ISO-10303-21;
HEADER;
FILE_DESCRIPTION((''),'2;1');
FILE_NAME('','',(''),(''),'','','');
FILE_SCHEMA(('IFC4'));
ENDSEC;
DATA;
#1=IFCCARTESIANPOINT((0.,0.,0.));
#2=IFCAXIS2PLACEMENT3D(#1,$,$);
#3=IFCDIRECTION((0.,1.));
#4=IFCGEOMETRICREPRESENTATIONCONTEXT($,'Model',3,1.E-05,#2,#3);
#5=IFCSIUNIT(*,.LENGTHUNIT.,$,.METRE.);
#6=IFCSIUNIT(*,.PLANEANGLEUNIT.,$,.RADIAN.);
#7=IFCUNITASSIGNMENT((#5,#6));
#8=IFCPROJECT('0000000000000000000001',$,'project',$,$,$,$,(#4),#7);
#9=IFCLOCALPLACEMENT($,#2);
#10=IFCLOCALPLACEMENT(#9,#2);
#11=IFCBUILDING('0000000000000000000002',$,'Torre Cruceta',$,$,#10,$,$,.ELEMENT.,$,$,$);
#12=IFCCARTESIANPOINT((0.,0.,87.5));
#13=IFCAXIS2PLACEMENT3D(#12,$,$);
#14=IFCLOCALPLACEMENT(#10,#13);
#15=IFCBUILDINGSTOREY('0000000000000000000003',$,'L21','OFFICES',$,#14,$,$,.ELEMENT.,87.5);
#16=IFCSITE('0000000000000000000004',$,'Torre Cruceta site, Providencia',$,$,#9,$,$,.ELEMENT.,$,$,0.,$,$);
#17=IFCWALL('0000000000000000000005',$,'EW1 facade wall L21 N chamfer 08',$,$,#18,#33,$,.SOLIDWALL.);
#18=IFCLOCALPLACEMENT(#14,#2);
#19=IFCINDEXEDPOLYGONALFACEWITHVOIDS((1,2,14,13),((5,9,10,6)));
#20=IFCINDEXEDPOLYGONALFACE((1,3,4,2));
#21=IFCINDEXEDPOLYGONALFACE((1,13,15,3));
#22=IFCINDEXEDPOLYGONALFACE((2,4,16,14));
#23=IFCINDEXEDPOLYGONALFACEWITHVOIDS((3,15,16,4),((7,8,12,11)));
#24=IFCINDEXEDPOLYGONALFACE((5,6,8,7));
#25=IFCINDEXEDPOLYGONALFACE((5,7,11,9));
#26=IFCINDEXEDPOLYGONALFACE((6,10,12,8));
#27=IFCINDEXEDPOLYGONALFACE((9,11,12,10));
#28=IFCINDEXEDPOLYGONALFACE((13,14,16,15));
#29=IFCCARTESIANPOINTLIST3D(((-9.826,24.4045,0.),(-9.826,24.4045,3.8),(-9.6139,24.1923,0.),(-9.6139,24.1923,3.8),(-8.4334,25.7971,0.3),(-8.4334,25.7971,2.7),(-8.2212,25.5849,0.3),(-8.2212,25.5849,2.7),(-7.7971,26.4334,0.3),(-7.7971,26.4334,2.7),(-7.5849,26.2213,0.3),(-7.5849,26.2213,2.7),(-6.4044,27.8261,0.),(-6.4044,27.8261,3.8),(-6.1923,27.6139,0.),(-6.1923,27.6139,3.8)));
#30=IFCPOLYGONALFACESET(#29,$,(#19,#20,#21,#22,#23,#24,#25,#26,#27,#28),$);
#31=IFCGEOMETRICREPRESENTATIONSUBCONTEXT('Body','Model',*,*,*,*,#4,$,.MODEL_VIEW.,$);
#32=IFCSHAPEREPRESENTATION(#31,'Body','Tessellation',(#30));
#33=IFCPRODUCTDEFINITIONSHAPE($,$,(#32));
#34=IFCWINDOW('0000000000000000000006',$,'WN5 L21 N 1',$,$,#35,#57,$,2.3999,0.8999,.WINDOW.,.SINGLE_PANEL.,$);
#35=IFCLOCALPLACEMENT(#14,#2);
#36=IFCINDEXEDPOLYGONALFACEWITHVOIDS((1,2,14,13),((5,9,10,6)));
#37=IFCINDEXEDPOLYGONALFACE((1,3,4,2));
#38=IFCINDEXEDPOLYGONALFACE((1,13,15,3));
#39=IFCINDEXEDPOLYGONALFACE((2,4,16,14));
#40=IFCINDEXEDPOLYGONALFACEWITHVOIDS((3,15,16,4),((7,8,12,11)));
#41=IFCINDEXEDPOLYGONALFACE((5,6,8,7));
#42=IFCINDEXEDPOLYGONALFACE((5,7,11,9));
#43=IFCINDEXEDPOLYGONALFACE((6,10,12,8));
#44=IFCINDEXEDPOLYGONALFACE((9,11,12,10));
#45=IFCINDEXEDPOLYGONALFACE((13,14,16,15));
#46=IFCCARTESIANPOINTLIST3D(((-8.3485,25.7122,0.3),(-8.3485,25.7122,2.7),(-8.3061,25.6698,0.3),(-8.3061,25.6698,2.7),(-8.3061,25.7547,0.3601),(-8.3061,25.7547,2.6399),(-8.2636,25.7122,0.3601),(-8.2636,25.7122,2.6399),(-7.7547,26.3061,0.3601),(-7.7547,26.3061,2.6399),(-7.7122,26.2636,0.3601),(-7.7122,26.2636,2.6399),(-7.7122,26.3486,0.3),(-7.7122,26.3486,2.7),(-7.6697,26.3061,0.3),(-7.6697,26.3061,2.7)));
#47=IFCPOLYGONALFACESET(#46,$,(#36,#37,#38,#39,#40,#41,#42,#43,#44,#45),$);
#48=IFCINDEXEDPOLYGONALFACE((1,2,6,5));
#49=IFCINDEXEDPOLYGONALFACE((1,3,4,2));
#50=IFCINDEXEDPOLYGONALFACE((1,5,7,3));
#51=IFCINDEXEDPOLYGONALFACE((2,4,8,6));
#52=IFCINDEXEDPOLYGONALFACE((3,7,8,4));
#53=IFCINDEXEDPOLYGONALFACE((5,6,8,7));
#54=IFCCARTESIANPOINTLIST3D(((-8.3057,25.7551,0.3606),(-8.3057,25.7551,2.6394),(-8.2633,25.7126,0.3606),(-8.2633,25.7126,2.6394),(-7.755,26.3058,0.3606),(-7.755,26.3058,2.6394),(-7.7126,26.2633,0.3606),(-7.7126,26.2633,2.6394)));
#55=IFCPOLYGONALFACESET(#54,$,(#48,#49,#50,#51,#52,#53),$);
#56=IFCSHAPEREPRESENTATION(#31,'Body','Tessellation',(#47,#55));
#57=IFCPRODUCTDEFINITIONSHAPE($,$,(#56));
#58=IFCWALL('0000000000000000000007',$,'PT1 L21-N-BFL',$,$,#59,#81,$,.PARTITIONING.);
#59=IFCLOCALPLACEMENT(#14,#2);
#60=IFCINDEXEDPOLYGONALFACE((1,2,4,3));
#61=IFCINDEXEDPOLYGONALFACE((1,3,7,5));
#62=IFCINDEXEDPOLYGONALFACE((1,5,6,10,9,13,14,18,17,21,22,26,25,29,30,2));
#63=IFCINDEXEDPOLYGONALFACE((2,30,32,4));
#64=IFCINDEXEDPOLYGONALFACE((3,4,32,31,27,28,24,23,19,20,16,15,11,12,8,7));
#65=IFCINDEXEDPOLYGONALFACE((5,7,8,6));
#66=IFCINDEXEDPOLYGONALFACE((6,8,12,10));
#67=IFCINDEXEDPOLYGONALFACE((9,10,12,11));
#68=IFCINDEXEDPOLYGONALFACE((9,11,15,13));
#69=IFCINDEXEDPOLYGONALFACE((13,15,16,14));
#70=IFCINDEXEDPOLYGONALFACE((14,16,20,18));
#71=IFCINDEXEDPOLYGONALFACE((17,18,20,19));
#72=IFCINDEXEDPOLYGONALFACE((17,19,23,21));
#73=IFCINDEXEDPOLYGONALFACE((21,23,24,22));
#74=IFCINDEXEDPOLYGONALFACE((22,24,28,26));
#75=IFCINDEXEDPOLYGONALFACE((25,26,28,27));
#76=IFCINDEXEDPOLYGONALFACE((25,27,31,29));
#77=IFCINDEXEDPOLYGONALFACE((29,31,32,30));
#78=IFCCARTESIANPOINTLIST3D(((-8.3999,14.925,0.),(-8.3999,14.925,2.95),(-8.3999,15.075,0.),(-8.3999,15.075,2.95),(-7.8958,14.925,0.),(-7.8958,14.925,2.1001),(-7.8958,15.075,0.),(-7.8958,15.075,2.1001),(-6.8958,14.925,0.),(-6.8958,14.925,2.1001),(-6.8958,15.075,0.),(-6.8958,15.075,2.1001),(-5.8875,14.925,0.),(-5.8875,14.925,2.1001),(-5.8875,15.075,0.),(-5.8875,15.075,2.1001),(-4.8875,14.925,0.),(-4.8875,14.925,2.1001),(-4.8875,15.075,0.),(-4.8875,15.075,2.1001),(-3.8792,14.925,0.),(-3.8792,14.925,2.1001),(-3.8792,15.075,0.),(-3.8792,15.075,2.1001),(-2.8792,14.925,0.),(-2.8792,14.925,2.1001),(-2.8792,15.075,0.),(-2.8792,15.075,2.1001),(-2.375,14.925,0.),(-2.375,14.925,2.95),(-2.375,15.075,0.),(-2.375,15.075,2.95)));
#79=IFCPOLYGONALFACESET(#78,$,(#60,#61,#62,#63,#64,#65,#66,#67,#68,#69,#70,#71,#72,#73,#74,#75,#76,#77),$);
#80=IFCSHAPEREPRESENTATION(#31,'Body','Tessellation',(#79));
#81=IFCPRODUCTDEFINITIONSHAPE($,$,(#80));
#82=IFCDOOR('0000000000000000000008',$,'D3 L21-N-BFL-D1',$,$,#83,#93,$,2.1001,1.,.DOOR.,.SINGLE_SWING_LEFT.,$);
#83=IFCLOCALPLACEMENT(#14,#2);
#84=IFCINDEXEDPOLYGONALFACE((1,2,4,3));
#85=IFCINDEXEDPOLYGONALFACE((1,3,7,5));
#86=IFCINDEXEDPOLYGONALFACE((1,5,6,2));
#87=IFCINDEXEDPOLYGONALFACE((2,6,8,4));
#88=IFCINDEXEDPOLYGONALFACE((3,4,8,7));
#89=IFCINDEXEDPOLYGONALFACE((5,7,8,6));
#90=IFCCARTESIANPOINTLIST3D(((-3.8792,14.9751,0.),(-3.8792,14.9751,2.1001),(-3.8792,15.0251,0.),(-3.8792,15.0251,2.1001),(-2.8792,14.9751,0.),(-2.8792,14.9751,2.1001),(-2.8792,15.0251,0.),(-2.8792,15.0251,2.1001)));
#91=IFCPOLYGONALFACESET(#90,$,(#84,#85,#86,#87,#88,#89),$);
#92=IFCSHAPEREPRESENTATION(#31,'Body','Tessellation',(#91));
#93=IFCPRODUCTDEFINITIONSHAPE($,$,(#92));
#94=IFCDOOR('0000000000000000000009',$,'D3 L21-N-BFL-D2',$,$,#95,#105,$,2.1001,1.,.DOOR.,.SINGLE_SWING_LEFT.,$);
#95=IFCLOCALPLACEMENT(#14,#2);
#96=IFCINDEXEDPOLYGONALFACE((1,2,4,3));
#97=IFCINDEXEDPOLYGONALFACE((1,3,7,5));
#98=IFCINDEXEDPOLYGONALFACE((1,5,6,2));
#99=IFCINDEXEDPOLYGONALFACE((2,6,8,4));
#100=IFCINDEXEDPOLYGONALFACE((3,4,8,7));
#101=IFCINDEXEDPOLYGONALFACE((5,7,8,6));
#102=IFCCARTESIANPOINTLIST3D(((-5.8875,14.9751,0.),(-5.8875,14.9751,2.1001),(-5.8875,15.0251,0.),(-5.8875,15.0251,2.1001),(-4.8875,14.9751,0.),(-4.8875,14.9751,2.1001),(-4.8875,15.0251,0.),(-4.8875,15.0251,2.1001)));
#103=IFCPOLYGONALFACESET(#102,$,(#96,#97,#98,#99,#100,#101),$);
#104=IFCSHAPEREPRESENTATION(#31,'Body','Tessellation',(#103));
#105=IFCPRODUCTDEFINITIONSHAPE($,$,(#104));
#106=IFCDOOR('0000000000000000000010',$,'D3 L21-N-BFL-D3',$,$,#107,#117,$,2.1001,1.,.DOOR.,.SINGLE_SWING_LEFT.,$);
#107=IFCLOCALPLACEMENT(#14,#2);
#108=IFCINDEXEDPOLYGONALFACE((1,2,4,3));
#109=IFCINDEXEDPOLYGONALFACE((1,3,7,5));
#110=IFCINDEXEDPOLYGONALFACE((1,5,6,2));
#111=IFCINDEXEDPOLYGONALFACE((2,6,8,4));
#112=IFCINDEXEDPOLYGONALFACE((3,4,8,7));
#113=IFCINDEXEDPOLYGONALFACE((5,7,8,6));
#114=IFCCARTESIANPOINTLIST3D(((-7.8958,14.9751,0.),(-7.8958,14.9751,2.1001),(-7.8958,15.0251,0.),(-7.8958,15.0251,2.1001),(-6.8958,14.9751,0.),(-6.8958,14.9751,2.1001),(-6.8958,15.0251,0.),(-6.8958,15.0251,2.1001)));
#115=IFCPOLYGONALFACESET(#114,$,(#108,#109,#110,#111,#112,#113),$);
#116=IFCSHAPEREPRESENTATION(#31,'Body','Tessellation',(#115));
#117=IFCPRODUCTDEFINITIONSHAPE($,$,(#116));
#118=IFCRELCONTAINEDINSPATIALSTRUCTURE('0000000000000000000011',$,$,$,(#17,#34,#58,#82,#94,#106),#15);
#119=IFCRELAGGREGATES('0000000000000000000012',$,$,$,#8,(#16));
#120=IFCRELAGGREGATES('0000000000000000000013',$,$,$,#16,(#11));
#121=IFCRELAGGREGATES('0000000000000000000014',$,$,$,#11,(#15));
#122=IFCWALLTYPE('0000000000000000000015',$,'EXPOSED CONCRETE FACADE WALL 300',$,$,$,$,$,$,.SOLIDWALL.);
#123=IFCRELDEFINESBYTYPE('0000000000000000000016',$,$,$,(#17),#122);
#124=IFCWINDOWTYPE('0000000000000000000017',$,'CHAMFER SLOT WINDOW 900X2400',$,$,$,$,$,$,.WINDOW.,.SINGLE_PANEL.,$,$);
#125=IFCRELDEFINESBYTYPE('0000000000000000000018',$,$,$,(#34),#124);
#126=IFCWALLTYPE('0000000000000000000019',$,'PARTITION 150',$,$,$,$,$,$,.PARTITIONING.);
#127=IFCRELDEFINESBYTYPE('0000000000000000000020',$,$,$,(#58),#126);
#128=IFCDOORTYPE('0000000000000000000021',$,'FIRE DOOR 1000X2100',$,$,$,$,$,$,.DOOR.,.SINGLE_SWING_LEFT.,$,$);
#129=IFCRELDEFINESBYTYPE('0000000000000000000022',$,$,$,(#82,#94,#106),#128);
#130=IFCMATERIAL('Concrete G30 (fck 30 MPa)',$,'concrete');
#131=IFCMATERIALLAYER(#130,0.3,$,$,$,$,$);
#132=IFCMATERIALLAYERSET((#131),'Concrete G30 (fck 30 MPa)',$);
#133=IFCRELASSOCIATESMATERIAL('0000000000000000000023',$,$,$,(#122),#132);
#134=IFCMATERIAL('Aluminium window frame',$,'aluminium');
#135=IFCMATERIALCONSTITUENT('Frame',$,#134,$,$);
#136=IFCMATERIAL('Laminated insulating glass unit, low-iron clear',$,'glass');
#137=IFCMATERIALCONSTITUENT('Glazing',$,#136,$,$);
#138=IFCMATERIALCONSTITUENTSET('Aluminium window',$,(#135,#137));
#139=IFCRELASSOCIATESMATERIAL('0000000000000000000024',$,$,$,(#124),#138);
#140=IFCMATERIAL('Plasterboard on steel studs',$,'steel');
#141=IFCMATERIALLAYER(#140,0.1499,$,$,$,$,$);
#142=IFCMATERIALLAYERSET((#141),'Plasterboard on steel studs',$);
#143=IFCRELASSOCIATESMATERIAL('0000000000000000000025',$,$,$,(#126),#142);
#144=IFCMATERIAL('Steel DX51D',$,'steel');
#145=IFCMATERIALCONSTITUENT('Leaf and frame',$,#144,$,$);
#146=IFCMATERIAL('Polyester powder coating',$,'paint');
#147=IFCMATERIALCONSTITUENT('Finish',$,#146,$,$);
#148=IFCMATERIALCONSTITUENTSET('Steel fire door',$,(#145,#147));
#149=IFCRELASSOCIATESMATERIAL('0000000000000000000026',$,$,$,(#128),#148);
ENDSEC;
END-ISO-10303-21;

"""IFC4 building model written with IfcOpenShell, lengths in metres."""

from ifc_helpers import new_model, si_unit, direction, frame, frame_2d, origin, place, context, subcontext, project, spatial, rectangle, hollow_rectangle, extrude, material, layer, layer_set, constituent, constituent_set, type_object, element, fill, save


model = new_model("IFC4")

# Units and contexts
model_context = context("Model", 3, precision=1e-05, world=origin(), true_north=direction((0.0, 1.0)))
body_context = subcontext(model_context, "Body", "Model", "MODEL_VIEW")
ifc_project = project(units=[si_unit("LENGTHUNIT", "METRE"), si_unit("PLANEANGLEUNIT", "RADIAN")], contexts=[model_context])

# Site, building, storey
site_placement = place(None, origin())
site = spatial("IfcSite", under=ifc_project, at=site_placement, Name="Torre Cruceta site, Providencia", CompositionType="ELEMENT", RefElevation=0.0)
building_placement = place(site_placement, origin())
building = spatial("IfcBuilding", under=site, at=building_placement, Name="Torre Cruceta", CompositionType="ELEMENT")
storey_placement = place(building_placement, frame((0.0, 0.0, 87.5)))
storey = spatial("IfcBuildingStorey", under=building, at=storey_placement, Name="L21", Description="OFFICES", CompositionType="ELEMENT", Elevation=87.5)

# Wall, opening, window
ifc_material_1 = material(Name="Concrete G30 (fck 30 MPa)", Category="concrete")
ifc_layer_1 = layer(ifc_material_1, 0.3)
ifc_layer_set_1 = layer_set([ifc_layer_1], Name="Concrete G30 (fck 30 MPa)")
wall_type_1 = type_object("IfcWallType", Name="EXPOSED CONCRETE FACADE WALL 300", PredefinedType="SOLIDWALL", material=ifc_layer_set_1)
wall_1_placement = place(storey_placement, frame((-6.2983, 27.72, 0.0), z_axis=(0.0, 0.0, 1.0), x_axis=(-0.707107, -0.707107, 0.0)))
wall_1 = element("IfcWall", 1, at=wall_1_placement, inside=storey, type_object=wall_type_1, Name="EW1 facade wall L21 N chamfer 08", PredefinedType="SOLIDWALL", context=body_context, shape_type="SweptSolid", body=[
    extrude(rectangle(XDim=4.8389, YDim=0.3, at=frame_2d((2.4194, 0.0))), origin(), (0.0, 0.0, 1.0), 3.8),
])
opening_1_placement = place(wall_1_placement, frame((1.9695, 0.0, 0.3)))
opening_1 = element("IfcOpeningElement", 2, at=opening_1_placement, cuts=wall_1, PredefinedType="OPENING", context=body_context, shape_type="SweptSolid", body=[
    extrude(rectangle(XDim=0.8999, YDim=2.3999, at=frame_2d((0.45, 1.2))), frame((0.0, 0.1599, 0.0), z_axis=(0.0, -1.0, 0.0), x_axis=(1.0, 0.0, 0.0)), (0.0, 0.0, 1.0), 0.3201),
])
ifc_material_2 = material(Name="Aluminium window frame", Category="aluminium")
ifc_constituent_1 = constituent(ifc_material_2, Name="Frame")
ifc_material_3 = material(Name="Laminated insulating glass unit, low-iron clear", Category="glass")
ifc_constituent_2 = constituent(ifc_material_3, Name="Glazing")
ifc_constituent_set_1 = constituent_set(constituents=[ifc_constituent_1, ifc_constituent_2], Name="Aluminium window")
window_type = type_object("IfcWindowType", Name="CHAMFER SLOT WINDOW 900X2400", PartitioningType="SINGLE_PANEL", PredefinedType="WINDOW", material=ifc_constituent_set_1)
window_placement = place(opening_1_placement, origin())
window = element("IfcWindow", 3, at=window_placement, inside=storey, type_object=window_type, Name="WN5 L21 N 1", OverallHeight=2.3999, OverallWidth=0.8999, PartitioningType="SINGLE_PANEL", PredefinedType="WINDOW", context=body_context, shape_type="SweptSolid", body=[
    extrude(hollow_rectangle(XDim=0.8999, YDim=2.3999, WallThickness=0.0601, at=frame_2d((0.45, 1.2))), frame((0.0, 0.03, 0.0), z_axis=(0.0, -1.0, 0.0), x_axis=(1.0, 0.0, 0.0)), (0.0, 0.0, 1.0), 0.0601),
    extrude(rectangle(XDim=0.7788, YDim=2.2788, at=frame_2d((0.45, 1.2))), frame((0.0, 0.03, 0.0), z_axis=(0.0, -1.0, 0.0), x_axis=(1.0, 0.0, 0.0)), (0.0, 0.0, 1.0), 0.0601),
])
fill(opening_1, window)

# Wall, openings, doors
ifc_material_4 = material(Name="Plasterboard on steel studs", Category="steel")
ifc_layer_2 = layer(ifc_material_4, 0.1499)
ifc_layer_set_2 = layer_set([ifc_layer_2], Name="Plasterboard on steel studs")
wall_type_2 = type_object("IfcWallType", Name="PARTITION 150", PredefinedType="PARTITIONING", material=ifc_layer_set_2)
wall_2_placement = place(storey_placement, frame((-2.375, 15.0, 0.0), z_axis=(0.0, 0.0, 1.0), x_axis=(-1.0, 0.0, 0.0)))
wall_2 = element("IfcWall", 4, at=wall_2_placement, inside=storey, type_object=wall_type_2, Name="PT1 L21-N-BFL", PredefinedType="PARTITIONING", context=body_context, shape_type="SweptSolid", body=[
    extrude(rectangle(XDim=6.0249, YDim=0.1499, at=frame_2d((3.0125, 0.0))), origin(), (0.0, 0.0, 1.0), 2.95),
])
opening_2_placement = place(wall_2_placement, frame((0.5042, 0.0, 0.0)))
opening_2 = element("IfcOpeningElement", 5, at=opening_2_placement, cuts=wall_2, PredefinedType="OPENING", context=body_context, shape_type="SweptSolid", body=[
    extrude(rectangle(XDim=1.0, YDim=2.1001, at=frame_2d((0.5, 1.05))), frame((0.0, 0.085, 0.0), z_axis=(0.0, -1.0, 0.0), x_axis=(1.0, 0.0, 0.0)), (0.0, 0.0, 1.0), 0.1699),
])
opening_3_placement = place(wall_2_placement, frame((2.5125, 0.0, 0.0)))
opening_3 = element("IfcOpeningElement", 6, at=opening_3_placement, cuts=wall_2, PredefinedType="OPENING", context=body_context, shape_type="SweptSolid", body=[
    extrude(rectangle(XDim=1.0, YDim=2.1001, at=frame_2d((0.5, 1.05))), frame((0.0, 0.085, 0.0), z_axis=(0.0, -1.0, 0.0), x_axis=(1.0, 0.0, 0.0)), (0.0, 0.0, 1.0), 0.1699),
])
opening_4_placement = place(wall_2_placement, frame((4.5208, 0.0, 0.0)))
opening_4 = element("IfcOpeningElement", 7, at=opening_4_placement, cuts=wall_2, PredefinedType="OPENING", context=body_context, shape_type="SweptSolid", body=[
    extrude(rectangle(XDim=1.0, YDim=2.1001, at=frame_2d((0.5, 1.05))), frame((0.0, 0.085, 0.0), z_axis=(0.0, -1.0, 0.0), x_axis=(1.0, 0.0, 0.0)), (0.0, 0.0, 1.0), 0.1699),
])
ifc_material_5 = material(Name="Steel DX51D", Category="steel")
ifc_constituent_3 = constituent(ifc_material_5, Name="Leaf and frame")
ifc_material_6 = material(Name="Polyester powder coating", Category="paint")
ifc_constituent_4 = constituent(ifc_material_6, Name="Finish")
ifc_constituent_set_2 = constituent_set(constituents=[ifc_constituent_3, ifc_constituent_4], Name="Steel fire door")
door_type = type_object("IfcDoorType", Name="FIRE DOOR 1000X2100", OperationType="SINGLE_SWING_LEFT", PredefinedType="DOOR", material=ifc_constituent_set_2)
door_1_placement = place(opening_2_placement, origin())
door_1 = element("IfcDoor", 8, at=door_1_placement, inside=storey, type_object=door_type, Name="D3 L21-N-BFL-D1", OperationType="SINGLE_SWING_LEFT", OverallHeight=2.1001, OverallWidth=1.0, PredefinedType="DOOR", context=body_context, shape_type="SweptSolid", body=[
    extrude(rectangle(XDim=1.0, YDim=2.1001, at=frame_2d((0.5, 1.05))), frame((0.0, 0.0249, 0.0), z_axis=(0.0, -1.0, 0.0), x_axis=(1.0, 0.0, 0.0)), (0.0, 0.0, 1.0), 0.05),
])
fill(opening_2, door_1)
door_2_placement = place(opening_3_placement, origin())
door_2 = element("IfcDoor", 9, at=door_2_placement, inside=storey, type_object=door_type, Name="D3 L21-N-BFL-D2", OperationType="SINGLE_SWING_LEFT", OverallHeight=2.1001, OverallWidth=1.0, PredefinedType="DOOR", context=body_context, shape_type="SweptSolid", body=[
    extrude(rectangle(XDim=1.0, YDim=2.1001, at=frame_2d((0.5, 1.05))), frame((0.0, 0.0249, 0.0), z_axis=(0.0, -1.0, 0.0), x_axis=(1.0, 0.0, 0.0)), (0.0, 0.0, 1.0), 0.05),
])
fill(opening_3, door_2)
door_3_placement = place(opening_4_placement, origin())
door_3 = element("IfcDoor", 10, at=door_3_placement, inside=storey, type_object=door_type, Name="D3 L21-N-BFL-D3", OperationType="SINGLE_SWING_LEFT", OverallHeight=2.1001, OverallWidth=1.0, PredefinedType="DOOR", context=body_context, shape_type="SweptSolid", body=[
    extrude(rectangle(XDim=1.0, YDim=2.1001, at=frame_2d((0.5, 1.05))), frame((0.0, 0.0249, 0.0), z_axis=(0.0, -1.0, 0.0), x_axis=(1.0, 0.0, 0.0)), (0.0, 0.0, 1.0), 0.05),
])
fill(opening_4, door_3)

save(model, "model.ifc")
